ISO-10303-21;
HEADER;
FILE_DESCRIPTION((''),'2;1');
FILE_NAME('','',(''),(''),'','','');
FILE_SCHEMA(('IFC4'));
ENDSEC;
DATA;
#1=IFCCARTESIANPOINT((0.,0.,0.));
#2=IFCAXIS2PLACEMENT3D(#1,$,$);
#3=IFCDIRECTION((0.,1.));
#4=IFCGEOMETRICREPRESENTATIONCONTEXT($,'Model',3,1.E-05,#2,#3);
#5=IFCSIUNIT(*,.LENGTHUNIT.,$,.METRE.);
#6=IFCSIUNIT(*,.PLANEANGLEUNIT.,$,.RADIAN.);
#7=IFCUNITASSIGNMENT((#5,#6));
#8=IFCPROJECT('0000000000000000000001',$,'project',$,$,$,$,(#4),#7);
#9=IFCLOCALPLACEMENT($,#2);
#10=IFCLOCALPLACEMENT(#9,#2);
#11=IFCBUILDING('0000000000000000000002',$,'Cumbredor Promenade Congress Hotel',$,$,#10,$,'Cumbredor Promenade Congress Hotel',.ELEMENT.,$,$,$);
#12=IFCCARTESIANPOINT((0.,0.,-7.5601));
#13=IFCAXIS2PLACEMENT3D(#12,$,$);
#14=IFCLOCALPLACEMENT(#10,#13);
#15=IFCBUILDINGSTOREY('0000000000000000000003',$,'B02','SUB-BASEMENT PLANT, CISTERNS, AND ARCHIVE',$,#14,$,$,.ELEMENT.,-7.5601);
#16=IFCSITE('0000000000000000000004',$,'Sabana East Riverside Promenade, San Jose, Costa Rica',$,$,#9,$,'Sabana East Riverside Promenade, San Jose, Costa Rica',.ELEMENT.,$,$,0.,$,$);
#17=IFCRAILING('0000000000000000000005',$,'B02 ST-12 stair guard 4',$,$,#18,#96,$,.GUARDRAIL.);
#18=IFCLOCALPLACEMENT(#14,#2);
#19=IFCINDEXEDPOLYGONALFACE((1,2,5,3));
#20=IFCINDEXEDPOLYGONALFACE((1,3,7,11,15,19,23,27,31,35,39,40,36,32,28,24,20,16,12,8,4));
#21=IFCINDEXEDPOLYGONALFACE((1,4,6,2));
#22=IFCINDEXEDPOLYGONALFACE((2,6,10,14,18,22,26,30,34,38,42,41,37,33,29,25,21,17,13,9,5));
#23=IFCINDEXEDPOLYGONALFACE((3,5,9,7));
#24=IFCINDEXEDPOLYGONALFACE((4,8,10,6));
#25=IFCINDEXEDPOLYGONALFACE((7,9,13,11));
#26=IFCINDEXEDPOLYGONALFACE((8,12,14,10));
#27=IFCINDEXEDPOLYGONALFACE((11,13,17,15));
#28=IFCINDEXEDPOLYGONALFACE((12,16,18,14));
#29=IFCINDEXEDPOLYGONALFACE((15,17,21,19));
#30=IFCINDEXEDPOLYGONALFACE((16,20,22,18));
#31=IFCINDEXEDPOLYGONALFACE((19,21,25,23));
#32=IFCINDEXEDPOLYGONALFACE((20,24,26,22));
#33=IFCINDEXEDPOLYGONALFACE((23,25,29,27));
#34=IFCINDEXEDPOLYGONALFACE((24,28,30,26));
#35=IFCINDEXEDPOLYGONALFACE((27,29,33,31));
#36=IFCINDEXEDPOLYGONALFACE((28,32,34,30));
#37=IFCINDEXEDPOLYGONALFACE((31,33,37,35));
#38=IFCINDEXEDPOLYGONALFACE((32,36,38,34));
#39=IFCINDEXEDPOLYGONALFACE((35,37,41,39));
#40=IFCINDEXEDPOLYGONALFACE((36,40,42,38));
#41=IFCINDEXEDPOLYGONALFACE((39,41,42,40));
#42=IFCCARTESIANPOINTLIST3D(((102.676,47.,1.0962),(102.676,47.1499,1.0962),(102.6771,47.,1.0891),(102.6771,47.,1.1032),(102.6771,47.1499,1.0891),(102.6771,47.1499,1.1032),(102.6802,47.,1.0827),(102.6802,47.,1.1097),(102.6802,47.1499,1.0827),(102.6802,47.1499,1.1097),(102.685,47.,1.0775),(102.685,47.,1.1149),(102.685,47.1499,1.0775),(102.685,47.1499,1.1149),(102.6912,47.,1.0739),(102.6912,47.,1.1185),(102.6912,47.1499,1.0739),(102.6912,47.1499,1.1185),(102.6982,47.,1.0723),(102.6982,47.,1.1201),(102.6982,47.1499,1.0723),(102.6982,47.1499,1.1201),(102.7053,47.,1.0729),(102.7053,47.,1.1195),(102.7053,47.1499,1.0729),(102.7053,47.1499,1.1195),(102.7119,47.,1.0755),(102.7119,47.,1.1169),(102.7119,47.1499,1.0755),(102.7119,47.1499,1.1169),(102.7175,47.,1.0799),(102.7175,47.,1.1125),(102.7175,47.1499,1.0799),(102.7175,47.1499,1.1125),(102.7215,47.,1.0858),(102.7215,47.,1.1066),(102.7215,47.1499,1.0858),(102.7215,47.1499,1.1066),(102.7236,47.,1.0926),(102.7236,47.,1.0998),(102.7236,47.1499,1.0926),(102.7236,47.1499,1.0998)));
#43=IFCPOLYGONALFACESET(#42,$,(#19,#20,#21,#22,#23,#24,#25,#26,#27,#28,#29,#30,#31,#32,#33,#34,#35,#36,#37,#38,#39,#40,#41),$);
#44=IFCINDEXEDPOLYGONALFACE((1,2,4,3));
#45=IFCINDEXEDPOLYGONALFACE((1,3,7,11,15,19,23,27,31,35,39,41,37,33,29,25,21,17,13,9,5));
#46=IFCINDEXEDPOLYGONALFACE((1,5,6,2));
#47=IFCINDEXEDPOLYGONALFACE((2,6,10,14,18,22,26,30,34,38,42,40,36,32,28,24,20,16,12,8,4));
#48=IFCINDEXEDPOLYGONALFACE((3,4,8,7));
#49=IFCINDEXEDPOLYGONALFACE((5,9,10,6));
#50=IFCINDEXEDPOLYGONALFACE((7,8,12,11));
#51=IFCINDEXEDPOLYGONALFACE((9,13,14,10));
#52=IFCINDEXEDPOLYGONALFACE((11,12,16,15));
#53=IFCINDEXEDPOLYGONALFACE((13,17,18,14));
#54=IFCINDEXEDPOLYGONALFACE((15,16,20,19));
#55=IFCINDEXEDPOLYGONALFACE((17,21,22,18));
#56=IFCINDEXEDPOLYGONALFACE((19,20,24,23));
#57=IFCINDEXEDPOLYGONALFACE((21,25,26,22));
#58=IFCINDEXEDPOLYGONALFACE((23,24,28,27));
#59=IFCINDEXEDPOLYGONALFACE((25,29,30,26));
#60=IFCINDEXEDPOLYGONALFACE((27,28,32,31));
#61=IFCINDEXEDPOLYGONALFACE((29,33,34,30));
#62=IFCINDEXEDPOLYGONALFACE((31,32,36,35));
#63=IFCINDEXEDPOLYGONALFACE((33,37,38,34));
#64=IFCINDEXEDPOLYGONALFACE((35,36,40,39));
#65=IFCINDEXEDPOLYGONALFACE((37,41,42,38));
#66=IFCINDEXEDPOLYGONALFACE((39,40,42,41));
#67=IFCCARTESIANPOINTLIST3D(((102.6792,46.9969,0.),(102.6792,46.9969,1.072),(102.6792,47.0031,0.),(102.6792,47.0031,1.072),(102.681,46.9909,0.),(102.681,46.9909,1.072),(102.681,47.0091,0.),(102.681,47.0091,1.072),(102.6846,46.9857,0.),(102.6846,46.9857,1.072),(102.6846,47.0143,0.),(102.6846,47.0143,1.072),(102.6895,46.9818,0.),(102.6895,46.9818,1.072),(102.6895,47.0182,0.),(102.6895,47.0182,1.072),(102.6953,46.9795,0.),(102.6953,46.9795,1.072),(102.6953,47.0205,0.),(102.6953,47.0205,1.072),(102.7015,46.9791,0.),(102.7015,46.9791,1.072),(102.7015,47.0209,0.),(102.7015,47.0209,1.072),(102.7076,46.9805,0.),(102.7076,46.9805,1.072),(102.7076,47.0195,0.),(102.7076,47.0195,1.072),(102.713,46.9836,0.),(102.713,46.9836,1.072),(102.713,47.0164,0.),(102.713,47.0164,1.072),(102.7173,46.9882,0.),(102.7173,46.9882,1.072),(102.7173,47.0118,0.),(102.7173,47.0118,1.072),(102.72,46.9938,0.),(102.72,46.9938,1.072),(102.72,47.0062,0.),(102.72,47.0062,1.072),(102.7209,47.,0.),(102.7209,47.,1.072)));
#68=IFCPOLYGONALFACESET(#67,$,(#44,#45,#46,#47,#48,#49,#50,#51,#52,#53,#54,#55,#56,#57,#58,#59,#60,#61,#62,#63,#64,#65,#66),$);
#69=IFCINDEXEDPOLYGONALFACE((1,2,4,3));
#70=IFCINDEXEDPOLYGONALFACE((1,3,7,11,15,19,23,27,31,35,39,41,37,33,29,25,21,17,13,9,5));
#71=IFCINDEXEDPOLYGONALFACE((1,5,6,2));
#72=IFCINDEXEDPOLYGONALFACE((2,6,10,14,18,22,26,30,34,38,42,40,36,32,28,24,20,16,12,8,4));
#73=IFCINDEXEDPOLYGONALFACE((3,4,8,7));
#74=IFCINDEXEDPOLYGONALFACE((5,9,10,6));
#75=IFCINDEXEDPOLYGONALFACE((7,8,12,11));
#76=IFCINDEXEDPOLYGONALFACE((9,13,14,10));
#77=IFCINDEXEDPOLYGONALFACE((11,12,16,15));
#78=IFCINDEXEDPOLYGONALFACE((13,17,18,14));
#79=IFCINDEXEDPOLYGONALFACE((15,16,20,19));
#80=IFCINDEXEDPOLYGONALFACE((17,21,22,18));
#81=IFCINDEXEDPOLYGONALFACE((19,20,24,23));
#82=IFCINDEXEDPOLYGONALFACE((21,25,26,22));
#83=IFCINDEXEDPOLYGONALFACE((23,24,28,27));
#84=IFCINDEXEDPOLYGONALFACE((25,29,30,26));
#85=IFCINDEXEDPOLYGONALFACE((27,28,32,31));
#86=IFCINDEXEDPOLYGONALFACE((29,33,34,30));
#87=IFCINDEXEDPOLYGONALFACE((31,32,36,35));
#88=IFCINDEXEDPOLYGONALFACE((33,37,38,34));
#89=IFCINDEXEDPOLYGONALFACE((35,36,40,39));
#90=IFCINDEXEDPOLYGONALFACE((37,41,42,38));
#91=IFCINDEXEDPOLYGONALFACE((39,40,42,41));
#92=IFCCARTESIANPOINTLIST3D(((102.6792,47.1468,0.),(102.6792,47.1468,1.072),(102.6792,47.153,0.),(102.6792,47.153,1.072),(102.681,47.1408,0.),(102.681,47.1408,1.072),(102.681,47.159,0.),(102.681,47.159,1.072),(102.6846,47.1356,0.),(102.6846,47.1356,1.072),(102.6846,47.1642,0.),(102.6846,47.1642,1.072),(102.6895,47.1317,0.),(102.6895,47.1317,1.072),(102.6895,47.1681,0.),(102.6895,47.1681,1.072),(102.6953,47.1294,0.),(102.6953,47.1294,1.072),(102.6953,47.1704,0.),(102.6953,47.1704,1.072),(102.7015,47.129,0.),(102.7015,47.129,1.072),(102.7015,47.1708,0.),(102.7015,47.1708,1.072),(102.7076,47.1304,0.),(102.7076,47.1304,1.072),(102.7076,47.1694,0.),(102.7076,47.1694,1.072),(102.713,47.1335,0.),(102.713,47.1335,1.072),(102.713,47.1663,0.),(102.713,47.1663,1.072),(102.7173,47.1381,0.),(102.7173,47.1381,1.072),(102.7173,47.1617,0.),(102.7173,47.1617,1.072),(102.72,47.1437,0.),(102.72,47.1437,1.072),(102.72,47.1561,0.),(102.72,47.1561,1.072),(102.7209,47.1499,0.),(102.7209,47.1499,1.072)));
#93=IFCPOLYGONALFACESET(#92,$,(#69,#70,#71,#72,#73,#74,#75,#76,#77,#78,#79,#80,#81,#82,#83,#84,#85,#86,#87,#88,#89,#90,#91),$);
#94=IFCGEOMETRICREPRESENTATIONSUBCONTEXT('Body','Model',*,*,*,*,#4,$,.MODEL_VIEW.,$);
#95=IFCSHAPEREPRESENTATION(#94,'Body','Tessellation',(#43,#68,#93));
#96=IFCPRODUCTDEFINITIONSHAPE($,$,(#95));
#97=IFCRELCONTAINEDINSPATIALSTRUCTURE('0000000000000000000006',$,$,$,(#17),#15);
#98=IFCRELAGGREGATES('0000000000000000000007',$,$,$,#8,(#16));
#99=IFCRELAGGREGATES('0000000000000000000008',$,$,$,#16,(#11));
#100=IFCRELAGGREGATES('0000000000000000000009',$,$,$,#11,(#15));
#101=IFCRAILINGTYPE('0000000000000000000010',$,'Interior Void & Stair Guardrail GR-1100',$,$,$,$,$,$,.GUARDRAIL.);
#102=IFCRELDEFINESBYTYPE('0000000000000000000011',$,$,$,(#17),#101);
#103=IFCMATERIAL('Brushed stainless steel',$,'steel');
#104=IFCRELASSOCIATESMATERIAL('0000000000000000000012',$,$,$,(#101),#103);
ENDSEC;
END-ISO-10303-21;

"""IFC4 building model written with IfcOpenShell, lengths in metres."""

from ifc_helpers import new_model, si_unit, direction, frame, origin, origin_2d, place, context, subcontext, project, spatial, circle, extrude, material, type_object, element, save


model = new_model("IFC4")

# Units and contexts
model_context = context("Model", 3, precision=1e-05, world=origin(), true_north=direction((0.0, 1.0)))
body_context = subcontext(model_context, "Body", "Model", "MODEL_VIEW")
ifc_project = project(units=[si_unit("LENGTHUNIT", "METRE"), si_unit("PLANEANGLEUNIT", "RADIAN")], contexts=[model_context])

# Site, building, storey
site_placement = place(None, origin())
site = spatial("IfcSite", under=ifc_project, at=site_placement, Name="Sabana East Riverside Promenade, San Jose, Costa Rica", LongName="Sabana East Riverside Promenade, San Jose, Costa Rica", CompositionType="ELEMENT", RefElevation=0.0)
building_placement = place(site_placement, origin())
building = spatial("IfcBuilding", under=site, at=building_placement, Name="Cumbredor Promenade Congress Hotel", LongName="Cumbredor Promenade Congress Hotel", CompositionType="ELEMENT")
storey_placement = place(building_placement, frame((0.0, 0.0, -7.5601)))
storey = spatial("IfcBuildingStorey", under=building, at=storey_placement, Name="B02", Description="SUB-BASEMENT PLANT, CISTERNS, AND ARCHIVE", CompositionType="ELEMENT", Elevation=-7.5601)

# Railing
ifc_material_1 = material(Name="Brushed stainless steel", Category="steel")
railing_type_1 = type_object("IfcRailingType", Name="Interior Void & Stair Guardrail GR-1100", PredefinedType="GUARDRAIL", material=ifc_material_1)
railing_1_placement = place(storey_placement, frame((102.7, 47.0, 0.0)))
element("IfcRailing", 1, at=railing_1_placement, inside=storey, type_object=railing_type_1, Name="B02 ST-12 stair guard 4", PredefinedType="GUARDRAIL", context=body_context, shape_type="SweptSolid", body=[
    extrude(circle(Radius=0.0239, at=origin_2d()), frame((0.0, 0.0, 1.0962), z_axis=(0.0, 1.0, 0.0), x_axis=(-1.0, 0.0, 0.0)), (0.0, 0.0, 1.0), 0.1499),
    extrude(circle(Radius=0.021, at=origin_2d()), origin(), (0.0, 0.0, 1.0), 1.072),
    extrude(circle(Radius=0.021, at=origin_2d()), frame((0.0, 0.1499, 0.0)), (0.0, 0.0, 1.0), 1.072),
])

save(model, "model.ifc")
